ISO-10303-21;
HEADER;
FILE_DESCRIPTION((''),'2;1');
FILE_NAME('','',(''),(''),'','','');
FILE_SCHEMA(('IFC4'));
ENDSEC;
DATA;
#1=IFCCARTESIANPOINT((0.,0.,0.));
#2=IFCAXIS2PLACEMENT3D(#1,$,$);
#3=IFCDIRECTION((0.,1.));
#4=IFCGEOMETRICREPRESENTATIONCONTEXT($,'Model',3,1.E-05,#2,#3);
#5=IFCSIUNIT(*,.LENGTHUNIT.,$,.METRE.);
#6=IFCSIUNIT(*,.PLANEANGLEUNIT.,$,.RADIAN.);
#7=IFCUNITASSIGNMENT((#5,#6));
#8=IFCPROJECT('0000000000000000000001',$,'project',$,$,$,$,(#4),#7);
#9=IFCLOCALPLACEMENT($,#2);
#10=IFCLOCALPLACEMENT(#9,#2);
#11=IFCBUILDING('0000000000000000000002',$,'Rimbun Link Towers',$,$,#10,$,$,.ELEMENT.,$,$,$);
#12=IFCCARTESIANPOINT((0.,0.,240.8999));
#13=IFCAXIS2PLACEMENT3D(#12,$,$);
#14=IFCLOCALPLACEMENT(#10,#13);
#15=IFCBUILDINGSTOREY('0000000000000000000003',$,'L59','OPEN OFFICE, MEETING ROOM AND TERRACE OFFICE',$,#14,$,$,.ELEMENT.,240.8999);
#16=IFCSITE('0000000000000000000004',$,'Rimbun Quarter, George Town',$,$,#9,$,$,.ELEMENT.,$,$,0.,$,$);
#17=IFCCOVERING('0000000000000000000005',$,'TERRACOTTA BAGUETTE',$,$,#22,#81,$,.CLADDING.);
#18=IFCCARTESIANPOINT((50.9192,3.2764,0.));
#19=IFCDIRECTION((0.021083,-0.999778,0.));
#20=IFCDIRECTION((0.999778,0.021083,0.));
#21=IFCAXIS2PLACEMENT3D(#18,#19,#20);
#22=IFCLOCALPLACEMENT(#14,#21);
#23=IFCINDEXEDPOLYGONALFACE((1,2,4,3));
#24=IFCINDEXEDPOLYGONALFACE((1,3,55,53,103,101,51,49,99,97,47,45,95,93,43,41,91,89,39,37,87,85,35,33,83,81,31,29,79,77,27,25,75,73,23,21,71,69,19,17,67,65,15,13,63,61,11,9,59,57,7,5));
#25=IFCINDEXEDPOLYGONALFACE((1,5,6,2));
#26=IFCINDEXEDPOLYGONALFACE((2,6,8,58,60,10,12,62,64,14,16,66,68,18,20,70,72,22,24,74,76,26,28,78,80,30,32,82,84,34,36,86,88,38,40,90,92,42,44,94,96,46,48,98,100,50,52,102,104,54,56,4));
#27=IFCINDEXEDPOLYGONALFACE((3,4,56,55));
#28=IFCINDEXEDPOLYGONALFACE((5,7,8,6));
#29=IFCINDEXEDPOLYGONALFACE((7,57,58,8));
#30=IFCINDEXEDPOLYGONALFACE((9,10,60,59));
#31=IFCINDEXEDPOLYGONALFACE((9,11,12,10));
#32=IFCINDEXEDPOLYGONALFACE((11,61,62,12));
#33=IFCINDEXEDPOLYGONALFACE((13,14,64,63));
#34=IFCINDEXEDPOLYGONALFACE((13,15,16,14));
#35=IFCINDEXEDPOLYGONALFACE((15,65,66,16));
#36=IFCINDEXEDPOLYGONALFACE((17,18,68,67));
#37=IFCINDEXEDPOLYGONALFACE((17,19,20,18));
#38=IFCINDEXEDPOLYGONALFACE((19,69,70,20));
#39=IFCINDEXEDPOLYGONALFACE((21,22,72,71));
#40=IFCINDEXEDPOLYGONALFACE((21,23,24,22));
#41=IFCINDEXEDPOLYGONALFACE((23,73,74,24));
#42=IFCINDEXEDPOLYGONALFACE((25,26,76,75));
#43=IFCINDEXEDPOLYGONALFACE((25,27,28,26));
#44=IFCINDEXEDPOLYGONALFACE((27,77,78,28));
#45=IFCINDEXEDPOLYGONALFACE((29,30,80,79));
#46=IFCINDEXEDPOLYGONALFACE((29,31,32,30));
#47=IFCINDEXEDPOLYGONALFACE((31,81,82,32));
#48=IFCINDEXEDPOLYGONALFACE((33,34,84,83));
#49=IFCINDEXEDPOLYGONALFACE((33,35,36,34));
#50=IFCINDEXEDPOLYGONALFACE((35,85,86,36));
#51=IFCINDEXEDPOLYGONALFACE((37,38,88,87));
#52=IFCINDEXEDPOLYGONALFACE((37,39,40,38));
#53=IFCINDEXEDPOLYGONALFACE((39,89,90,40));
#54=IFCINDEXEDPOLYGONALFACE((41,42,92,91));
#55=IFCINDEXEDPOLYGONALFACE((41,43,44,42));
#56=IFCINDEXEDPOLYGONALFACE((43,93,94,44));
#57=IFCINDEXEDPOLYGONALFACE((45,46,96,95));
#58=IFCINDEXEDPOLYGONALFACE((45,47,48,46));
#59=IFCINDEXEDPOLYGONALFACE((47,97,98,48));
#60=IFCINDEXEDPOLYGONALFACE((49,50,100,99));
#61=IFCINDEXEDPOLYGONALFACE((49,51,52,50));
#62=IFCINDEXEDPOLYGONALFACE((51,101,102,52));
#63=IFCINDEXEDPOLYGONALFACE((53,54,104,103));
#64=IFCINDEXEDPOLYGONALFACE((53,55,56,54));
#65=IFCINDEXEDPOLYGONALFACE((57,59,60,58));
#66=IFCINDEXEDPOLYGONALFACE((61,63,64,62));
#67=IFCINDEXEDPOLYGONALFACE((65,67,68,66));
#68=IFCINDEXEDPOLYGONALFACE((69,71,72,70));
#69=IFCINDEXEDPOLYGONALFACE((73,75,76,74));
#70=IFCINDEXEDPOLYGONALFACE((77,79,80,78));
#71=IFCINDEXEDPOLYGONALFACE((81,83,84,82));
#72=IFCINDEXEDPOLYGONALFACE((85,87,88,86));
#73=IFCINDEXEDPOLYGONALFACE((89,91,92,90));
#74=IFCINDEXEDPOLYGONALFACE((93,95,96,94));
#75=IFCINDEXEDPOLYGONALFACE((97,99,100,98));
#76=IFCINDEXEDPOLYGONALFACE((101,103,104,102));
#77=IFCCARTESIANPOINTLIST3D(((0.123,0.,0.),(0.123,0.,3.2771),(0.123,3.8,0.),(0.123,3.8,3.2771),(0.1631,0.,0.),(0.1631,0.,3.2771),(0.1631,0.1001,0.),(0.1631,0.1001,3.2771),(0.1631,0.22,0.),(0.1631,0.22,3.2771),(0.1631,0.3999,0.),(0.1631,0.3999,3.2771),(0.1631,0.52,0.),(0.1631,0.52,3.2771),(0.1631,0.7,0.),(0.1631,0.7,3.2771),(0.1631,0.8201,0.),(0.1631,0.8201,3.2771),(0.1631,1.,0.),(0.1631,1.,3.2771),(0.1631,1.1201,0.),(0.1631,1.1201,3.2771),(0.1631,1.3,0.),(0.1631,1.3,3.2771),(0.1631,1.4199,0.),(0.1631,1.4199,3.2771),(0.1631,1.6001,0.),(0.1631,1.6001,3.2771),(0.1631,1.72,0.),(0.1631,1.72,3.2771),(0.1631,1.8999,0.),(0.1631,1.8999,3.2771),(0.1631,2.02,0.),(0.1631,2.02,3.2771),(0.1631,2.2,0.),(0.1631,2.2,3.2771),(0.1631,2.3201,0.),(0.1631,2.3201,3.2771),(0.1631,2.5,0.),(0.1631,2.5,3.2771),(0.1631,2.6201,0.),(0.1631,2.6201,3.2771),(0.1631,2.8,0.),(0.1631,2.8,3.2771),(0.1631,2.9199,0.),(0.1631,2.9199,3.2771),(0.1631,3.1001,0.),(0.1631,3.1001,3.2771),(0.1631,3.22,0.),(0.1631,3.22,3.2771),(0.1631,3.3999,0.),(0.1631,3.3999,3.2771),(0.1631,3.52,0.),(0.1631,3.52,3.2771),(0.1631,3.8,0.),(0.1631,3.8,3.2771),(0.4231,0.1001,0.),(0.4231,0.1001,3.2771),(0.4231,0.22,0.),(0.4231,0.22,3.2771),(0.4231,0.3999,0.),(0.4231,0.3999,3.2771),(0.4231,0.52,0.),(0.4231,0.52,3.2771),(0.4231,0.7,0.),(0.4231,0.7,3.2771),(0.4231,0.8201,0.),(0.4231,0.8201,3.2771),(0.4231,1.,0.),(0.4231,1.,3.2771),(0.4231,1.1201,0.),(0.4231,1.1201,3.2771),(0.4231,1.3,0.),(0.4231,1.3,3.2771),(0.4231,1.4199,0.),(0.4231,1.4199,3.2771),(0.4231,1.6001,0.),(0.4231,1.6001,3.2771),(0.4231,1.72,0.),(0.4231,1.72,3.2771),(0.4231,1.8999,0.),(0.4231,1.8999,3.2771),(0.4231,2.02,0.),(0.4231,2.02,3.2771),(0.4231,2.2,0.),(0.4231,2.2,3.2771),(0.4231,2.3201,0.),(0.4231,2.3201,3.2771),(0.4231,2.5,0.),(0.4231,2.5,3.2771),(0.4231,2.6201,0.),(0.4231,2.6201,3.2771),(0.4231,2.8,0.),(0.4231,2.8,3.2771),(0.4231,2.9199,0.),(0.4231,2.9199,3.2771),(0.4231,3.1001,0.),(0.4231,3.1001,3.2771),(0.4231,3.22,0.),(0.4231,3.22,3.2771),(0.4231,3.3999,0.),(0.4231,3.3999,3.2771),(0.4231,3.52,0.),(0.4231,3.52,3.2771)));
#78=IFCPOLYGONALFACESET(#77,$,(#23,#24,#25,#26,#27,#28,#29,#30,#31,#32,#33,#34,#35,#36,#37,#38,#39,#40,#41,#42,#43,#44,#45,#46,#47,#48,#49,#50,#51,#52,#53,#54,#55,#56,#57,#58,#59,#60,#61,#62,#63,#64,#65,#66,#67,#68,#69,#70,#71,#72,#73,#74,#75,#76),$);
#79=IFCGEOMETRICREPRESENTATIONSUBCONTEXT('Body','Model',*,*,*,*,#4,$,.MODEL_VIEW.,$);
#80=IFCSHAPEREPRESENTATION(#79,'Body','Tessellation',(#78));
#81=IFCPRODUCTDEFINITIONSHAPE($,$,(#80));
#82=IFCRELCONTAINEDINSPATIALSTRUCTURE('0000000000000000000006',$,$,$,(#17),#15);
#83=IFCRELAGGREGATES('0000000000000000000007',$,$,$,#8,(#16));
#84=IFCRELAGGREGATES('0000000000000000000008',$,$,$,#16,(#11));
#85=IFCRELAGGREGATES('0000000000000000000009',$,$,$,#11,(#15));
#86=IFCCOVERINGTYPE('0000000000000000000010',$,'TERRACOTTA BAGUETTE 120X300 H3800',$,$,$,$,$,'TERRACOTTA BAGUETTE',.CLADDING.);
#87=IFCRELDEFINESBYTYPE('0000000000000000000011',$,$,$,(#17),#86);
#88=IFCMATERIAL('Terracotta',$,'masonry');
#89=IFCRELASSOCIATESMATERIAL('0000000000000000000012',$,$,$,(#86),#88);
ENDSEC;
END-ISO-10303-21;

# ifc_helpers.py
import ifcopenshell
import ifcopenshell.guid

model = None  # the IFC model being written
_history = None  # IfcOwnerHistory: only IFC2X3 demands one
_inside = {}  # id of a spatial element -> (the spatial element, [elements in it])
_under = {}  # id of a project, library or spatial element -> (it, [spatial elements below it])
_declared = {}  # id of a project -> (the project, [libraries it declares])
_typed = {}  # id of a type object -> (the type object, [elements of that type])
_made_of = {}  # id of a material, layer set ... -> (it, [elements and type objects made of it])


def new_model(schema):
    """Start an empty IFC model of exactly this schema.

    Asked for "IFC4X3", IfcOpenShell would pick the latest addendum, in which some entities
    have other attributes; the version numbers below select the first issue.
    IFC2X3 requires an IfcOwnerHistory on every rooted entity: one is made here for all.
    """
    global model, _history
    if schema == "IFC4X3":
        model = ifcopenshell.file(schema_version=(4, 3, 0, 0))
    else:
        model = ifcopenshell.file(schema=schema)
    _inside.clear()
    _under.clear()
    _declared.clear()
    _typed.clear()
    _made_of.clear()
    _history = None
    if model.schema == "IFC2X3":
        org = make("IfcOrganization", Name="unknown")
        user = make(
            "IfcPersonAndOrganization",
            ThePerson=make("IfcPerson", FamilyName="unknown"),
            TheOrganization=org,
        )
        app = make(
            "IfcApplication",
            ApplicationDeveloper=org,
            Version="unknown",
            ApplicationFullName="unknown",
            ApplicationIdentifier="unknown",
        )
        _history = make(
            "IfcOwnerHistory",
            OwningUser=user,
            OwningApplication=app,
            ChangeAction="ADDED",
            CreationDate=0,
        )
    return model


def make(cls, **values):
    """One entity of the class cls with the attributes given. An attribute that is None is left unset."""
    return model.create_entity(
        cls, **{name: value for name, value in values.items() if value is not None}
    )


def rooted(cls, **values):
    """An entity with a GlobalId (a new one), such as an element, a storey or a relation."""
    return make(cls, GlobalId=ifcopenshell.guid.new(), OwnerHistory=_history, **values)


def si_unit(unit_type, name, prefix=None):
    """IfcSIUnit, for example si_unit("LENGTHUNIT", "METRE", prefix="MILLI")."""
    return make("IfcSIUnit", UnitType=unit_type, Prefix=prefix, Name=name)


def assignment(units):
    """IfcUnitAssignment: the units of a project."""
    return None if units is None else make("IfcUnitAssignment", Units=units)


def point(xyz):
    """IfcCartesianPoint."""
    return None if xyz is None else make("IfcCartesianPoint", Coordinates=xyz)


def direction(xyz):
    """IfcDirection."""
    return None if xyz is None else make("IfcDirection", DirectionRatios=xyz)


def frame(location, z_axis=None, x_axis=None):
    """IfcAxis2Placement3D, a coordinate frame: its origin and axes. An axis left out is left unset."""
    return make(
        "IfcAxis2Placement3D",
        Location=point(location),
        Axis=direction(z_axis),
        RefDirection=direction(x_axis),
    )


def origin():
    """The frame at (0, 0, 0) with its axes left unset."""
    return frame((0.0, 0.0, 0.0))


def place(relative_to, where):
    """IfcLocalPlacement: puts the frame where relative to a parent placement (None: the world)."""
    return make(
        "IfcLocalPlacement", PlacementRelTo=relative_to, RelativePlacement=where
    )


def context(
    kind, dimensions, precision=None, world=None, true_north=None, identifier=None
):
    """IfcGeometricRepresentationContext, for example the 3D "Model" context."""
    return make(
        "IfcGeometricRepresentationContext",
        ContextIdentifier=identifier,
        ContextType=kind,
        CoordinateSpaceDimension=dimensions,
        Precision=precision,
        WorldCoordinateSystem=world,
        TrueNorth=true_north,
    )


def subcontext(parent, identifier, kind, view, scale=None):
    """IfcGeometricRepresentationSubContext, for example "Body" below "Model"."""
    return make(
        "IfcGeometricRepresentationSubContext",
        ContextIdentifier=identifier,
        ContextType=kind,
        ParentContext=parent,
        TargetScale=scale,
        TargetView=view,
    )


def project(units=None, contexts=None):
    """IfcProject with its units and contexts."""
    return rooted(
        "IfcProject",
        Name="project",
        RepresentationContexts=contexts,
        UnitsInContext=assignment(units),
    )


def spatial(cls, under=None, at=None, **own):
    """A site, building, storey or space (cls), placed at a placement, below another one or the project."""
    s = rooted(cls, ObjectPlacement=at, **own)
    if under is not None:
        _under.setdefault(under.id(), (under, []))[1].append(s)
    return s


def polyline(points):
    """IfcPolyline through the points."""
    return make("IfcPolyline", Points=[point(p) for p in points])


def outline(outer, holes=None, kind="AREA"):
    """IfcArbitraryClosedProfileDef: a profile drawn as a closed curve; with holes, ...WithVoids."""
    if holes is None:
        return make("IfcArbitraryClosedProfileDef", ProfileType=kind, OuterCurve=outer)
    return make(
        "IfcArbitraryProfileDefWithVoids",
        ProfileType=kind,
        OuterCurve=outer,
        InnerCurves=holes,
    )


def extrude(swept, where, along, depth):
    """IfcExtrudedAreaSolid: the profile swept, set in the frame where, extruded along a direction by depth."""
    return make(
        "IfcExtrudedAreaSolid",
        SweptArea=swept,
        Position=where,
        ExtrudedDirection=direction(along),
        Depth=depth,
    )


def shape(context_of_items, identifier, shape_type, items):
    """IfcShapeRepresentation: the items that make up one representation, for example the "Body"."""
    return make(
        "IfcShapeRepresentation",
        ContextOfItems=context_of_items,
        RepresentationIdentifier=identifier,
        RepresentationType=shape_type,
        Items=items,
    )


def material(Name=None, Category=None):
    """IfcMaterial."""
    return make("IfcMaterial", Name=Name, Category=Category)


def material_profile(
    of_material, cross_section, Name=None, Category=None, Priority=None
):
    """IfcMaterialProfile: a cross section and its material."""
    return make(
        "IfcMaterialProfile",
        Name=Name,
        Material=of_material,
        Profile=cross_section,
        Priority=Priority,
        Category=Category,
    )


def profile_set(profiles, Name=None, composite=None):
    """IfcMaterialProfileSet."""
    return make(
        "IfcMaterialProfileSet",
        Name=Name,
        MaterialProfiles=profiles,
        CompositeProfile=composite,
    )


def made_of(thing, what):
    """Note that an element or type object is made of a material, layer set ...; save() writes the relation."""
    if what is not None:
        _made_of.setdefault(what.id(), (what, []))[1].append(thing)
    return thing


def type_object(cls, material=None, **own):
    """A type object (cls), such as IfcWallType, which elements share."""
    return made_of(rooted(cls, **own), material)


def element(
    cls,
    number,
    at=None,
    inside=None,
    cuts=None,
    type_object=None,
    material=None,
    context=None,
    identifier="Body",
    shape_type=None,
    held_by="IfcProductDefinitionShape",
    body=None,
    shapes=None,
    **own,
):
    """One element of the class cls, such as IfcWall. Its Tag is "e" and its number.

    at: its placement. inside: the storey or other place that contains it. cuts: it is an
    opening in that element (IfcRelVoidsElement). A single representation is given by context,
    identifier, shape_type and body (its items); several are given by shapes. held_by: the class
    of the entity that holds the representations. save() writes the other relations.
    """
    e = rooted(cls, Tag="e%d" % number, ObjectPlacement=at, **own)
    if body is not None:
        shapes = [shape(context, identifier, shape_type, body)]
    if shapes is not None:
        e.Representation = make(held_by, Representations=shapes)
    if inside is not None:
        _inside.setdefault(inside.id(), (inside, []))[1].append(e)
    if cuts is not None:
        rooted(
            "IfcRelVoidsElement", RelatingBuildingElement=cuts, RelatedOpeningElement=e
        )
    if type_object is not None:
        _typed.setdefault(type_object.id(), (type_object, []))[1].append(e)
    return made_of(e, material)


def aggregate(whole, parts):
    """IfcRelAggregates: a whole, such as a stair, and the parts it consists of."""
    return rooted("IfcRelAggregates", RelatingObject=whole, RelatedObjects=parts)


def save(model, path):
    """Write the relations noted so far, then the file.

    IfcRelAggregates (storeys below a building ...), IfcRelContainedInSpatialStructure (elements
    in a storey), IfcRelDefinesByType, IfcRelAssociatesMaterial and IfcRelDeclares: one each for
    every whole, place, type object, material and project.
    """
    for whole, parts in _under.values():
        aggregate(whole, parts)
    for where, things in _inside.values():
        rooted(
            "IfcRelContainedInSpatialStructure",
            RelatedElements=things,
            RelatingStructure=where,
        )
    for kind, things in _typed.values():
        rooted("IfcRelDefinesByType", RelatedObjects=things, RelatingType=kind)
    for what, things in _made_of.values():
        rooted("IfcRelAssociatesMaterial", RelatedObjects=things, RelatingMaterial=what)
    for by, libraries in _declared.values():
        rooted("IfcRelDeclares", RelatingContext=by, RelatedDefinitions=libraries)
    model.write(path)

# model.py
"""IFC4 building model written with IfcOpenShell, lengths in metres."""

from ifc_helpers import new_model, si_unit, direction, frame, origin, place, context, subcontext, project, spatial, polyline, outline, extrude, material, material_profile, profile_set, type_object, element, save


model = new_model("IFC4")

# Units and contexts
model_context = context("Model", 3, precision=1e-05, world=origin(), true_north=direction((0.0, 1.0)))
body_context = subcontext(model_context, "Body", "Model", "MODEL_VIEW")
ifc_project = project(units=[si_unit("LENGTHUNIT", "METRE"), si_unit("PLANEANGLEUNIT", "RADIAN")], contexts=[model_context])

# Site, building, storey
site_placement = place(None, origin())
site = spatial("IfcSite", under=ifc_project, at=site_placement, Name="Rimbun Quarter, George Town", CompositionType="ELEMENT", RefElevation=0.0)
building_placement = place(site_placement, origin())
building = spatial("IfcBuilding", under=site, at=building_placement, Name="Rimbun Link Towers", CompositionType="ELEMENT")
storey_placement = place(building_placement, frame((0.0, 0.0, 240.8999)))
storey = spatial("IfcBuildingStorey", under=building, at=storey_placement, Name="L59", Description="OPEN OFFICE, MEETING ROOM AND TERRACE OFFICE", CompositionType="ELEMENT", Elevation=240.8999)

# Covering
ifc_material_1 = material(Name="Terracotta", Category="masonry")
ifc_material_profile_1 = material_profile(ifc_material_1, outline(polyline([(0.123, 0.0), (0.1631, 0.0), (0.1631, 0.1001), (0.4231, 0.1001), (0.4231, 0.22), (0.1631, 0.22), (0.1631, 0.3999), (0.4231, 0.3999), (0.4231, 0.52), (0.1631, 0.52), (0.1631, 0.7), (0.4231, 0.7), (0.4231, 0.8201), (0.1631, 0.8201), (0.1631, 1.0), (0.4231, 1.0), (0.4231, 1.1201), (0.1631, 1.1201), (0.1631, 1.3), (0.4231, 1.3), (0.4231, 1.4199), (0.1631, 1.4199), (0.1631, 1.6001), (0.4231, 1.6001), (0.4231, 1.72), (0.1631, 1.72), (0.1631, 1.8999), (0.4231, 1.8999), (0.4231, 2.02), (0.1631, 2.02), (0.1631, 2.2), (0.4231, 2.2), (0.4231, 2.3201), (0.1631, 2.3201), (0.1631, 2.5), (0.4231, 2.5), (0.4231, 2.6201), (0.1631, 2.6201), (0.1631, 2.8), (0.4231, 2.8), (0.4231, 2.9199), (0.1631, 2.9199), (0.1631, 3.1001), (0.4231, 3.1001), (0.4231, 3.22), (0.1631, 3.22), (0.1631, 3.3999), (0.4231, 3.3999), (0.4231, 3.52), (0.1631, 3.52), (0.1631, 3.8), (0.123, 3.8), (0.123, 0.0)])), Name="BAGUETTE 120X300")
ifc_profile_set_1 = profile_set([ifc_material_profile_1], Name="Terracotta")
covering_type = type_object("IfcCoveringType", Name="TERRACOTTA BAGUETTE 120X300 H3800", ElementType="TERRACOTTA BAGUETTE", PredefinedType="CLADDING", material=ifc_profile_set_1)
covering_1_placement = place(storey_placement, frame((50.9192, 3.2764, 0.0), z_axis=(0.021083, -0.999778, 0.0), x_axis=(0.999778, 0.021083, 0.0)))
element("IfcCovering", 1, at=covering_1_placement, inside=storey, type_object=covering_type, Name="TERRACOTTA BAGUETTE", PredefinedType="CLADDING", context=body_context, shape_type="SweptSolid", body=[
    extrude(outline(polyline([(0.123, 0.0), (0.1631, 0.0), (0.1631, 0.1001), (0.4231, 0.1001), (0.4231, 0.22), (0.1631, 0.22), (0.1631, 0.3999), (0.4231, 0.3999), (0.4231, 0.52), (0.1631, 0.52), (0.1631, 0.7), (0.4231, 0.7), (0.4231, 0.8201), (0.1631, 0.8201), (0.1631, 1.0), (0.4231, 1.0), (0.4231, 1.1201), (0.1631, 1.1201), (0.1631, 1.3), (0.4231, 1.3), (0.4231, 1.4199), (0.1631, 1.4199), (0.1631, 1.6001), (0.4231, 1.6001), (0.4231, 1.72), (0.1631, 1.72), (0.1631, 1.8999), (0.4231, 1.8999), (0.4231, 2.02), (0.1631, 2.02), (0.1631, 2.2), (0.4231, 2.2), (0.4231, 2.3201), (0.1631, 2.3201), (0.1631, 2.5), (0.4231, 2.5), (0.4231, 2.6201), (0.1631, 2.6201), (0.1631, 2.8), (0.4231, 2.8), (0.4231, 2.9199), (0.1631, 2.9199), (0.1631, 3.1001), (0.4231, 3.1001), (0.4231, 3.22), (0.1631, 3.22), (0.1631, 3.3999), (0.4231, 3.3999), (0.4231, 3.52), (0.1631, 3.52), (0.1631, 3.8), (0.123, 3.8), (0.123, 0.0)])), origin(), (0.0, 0.0, 1.0), 3.2771),
])

save(model, "model.ifc")
